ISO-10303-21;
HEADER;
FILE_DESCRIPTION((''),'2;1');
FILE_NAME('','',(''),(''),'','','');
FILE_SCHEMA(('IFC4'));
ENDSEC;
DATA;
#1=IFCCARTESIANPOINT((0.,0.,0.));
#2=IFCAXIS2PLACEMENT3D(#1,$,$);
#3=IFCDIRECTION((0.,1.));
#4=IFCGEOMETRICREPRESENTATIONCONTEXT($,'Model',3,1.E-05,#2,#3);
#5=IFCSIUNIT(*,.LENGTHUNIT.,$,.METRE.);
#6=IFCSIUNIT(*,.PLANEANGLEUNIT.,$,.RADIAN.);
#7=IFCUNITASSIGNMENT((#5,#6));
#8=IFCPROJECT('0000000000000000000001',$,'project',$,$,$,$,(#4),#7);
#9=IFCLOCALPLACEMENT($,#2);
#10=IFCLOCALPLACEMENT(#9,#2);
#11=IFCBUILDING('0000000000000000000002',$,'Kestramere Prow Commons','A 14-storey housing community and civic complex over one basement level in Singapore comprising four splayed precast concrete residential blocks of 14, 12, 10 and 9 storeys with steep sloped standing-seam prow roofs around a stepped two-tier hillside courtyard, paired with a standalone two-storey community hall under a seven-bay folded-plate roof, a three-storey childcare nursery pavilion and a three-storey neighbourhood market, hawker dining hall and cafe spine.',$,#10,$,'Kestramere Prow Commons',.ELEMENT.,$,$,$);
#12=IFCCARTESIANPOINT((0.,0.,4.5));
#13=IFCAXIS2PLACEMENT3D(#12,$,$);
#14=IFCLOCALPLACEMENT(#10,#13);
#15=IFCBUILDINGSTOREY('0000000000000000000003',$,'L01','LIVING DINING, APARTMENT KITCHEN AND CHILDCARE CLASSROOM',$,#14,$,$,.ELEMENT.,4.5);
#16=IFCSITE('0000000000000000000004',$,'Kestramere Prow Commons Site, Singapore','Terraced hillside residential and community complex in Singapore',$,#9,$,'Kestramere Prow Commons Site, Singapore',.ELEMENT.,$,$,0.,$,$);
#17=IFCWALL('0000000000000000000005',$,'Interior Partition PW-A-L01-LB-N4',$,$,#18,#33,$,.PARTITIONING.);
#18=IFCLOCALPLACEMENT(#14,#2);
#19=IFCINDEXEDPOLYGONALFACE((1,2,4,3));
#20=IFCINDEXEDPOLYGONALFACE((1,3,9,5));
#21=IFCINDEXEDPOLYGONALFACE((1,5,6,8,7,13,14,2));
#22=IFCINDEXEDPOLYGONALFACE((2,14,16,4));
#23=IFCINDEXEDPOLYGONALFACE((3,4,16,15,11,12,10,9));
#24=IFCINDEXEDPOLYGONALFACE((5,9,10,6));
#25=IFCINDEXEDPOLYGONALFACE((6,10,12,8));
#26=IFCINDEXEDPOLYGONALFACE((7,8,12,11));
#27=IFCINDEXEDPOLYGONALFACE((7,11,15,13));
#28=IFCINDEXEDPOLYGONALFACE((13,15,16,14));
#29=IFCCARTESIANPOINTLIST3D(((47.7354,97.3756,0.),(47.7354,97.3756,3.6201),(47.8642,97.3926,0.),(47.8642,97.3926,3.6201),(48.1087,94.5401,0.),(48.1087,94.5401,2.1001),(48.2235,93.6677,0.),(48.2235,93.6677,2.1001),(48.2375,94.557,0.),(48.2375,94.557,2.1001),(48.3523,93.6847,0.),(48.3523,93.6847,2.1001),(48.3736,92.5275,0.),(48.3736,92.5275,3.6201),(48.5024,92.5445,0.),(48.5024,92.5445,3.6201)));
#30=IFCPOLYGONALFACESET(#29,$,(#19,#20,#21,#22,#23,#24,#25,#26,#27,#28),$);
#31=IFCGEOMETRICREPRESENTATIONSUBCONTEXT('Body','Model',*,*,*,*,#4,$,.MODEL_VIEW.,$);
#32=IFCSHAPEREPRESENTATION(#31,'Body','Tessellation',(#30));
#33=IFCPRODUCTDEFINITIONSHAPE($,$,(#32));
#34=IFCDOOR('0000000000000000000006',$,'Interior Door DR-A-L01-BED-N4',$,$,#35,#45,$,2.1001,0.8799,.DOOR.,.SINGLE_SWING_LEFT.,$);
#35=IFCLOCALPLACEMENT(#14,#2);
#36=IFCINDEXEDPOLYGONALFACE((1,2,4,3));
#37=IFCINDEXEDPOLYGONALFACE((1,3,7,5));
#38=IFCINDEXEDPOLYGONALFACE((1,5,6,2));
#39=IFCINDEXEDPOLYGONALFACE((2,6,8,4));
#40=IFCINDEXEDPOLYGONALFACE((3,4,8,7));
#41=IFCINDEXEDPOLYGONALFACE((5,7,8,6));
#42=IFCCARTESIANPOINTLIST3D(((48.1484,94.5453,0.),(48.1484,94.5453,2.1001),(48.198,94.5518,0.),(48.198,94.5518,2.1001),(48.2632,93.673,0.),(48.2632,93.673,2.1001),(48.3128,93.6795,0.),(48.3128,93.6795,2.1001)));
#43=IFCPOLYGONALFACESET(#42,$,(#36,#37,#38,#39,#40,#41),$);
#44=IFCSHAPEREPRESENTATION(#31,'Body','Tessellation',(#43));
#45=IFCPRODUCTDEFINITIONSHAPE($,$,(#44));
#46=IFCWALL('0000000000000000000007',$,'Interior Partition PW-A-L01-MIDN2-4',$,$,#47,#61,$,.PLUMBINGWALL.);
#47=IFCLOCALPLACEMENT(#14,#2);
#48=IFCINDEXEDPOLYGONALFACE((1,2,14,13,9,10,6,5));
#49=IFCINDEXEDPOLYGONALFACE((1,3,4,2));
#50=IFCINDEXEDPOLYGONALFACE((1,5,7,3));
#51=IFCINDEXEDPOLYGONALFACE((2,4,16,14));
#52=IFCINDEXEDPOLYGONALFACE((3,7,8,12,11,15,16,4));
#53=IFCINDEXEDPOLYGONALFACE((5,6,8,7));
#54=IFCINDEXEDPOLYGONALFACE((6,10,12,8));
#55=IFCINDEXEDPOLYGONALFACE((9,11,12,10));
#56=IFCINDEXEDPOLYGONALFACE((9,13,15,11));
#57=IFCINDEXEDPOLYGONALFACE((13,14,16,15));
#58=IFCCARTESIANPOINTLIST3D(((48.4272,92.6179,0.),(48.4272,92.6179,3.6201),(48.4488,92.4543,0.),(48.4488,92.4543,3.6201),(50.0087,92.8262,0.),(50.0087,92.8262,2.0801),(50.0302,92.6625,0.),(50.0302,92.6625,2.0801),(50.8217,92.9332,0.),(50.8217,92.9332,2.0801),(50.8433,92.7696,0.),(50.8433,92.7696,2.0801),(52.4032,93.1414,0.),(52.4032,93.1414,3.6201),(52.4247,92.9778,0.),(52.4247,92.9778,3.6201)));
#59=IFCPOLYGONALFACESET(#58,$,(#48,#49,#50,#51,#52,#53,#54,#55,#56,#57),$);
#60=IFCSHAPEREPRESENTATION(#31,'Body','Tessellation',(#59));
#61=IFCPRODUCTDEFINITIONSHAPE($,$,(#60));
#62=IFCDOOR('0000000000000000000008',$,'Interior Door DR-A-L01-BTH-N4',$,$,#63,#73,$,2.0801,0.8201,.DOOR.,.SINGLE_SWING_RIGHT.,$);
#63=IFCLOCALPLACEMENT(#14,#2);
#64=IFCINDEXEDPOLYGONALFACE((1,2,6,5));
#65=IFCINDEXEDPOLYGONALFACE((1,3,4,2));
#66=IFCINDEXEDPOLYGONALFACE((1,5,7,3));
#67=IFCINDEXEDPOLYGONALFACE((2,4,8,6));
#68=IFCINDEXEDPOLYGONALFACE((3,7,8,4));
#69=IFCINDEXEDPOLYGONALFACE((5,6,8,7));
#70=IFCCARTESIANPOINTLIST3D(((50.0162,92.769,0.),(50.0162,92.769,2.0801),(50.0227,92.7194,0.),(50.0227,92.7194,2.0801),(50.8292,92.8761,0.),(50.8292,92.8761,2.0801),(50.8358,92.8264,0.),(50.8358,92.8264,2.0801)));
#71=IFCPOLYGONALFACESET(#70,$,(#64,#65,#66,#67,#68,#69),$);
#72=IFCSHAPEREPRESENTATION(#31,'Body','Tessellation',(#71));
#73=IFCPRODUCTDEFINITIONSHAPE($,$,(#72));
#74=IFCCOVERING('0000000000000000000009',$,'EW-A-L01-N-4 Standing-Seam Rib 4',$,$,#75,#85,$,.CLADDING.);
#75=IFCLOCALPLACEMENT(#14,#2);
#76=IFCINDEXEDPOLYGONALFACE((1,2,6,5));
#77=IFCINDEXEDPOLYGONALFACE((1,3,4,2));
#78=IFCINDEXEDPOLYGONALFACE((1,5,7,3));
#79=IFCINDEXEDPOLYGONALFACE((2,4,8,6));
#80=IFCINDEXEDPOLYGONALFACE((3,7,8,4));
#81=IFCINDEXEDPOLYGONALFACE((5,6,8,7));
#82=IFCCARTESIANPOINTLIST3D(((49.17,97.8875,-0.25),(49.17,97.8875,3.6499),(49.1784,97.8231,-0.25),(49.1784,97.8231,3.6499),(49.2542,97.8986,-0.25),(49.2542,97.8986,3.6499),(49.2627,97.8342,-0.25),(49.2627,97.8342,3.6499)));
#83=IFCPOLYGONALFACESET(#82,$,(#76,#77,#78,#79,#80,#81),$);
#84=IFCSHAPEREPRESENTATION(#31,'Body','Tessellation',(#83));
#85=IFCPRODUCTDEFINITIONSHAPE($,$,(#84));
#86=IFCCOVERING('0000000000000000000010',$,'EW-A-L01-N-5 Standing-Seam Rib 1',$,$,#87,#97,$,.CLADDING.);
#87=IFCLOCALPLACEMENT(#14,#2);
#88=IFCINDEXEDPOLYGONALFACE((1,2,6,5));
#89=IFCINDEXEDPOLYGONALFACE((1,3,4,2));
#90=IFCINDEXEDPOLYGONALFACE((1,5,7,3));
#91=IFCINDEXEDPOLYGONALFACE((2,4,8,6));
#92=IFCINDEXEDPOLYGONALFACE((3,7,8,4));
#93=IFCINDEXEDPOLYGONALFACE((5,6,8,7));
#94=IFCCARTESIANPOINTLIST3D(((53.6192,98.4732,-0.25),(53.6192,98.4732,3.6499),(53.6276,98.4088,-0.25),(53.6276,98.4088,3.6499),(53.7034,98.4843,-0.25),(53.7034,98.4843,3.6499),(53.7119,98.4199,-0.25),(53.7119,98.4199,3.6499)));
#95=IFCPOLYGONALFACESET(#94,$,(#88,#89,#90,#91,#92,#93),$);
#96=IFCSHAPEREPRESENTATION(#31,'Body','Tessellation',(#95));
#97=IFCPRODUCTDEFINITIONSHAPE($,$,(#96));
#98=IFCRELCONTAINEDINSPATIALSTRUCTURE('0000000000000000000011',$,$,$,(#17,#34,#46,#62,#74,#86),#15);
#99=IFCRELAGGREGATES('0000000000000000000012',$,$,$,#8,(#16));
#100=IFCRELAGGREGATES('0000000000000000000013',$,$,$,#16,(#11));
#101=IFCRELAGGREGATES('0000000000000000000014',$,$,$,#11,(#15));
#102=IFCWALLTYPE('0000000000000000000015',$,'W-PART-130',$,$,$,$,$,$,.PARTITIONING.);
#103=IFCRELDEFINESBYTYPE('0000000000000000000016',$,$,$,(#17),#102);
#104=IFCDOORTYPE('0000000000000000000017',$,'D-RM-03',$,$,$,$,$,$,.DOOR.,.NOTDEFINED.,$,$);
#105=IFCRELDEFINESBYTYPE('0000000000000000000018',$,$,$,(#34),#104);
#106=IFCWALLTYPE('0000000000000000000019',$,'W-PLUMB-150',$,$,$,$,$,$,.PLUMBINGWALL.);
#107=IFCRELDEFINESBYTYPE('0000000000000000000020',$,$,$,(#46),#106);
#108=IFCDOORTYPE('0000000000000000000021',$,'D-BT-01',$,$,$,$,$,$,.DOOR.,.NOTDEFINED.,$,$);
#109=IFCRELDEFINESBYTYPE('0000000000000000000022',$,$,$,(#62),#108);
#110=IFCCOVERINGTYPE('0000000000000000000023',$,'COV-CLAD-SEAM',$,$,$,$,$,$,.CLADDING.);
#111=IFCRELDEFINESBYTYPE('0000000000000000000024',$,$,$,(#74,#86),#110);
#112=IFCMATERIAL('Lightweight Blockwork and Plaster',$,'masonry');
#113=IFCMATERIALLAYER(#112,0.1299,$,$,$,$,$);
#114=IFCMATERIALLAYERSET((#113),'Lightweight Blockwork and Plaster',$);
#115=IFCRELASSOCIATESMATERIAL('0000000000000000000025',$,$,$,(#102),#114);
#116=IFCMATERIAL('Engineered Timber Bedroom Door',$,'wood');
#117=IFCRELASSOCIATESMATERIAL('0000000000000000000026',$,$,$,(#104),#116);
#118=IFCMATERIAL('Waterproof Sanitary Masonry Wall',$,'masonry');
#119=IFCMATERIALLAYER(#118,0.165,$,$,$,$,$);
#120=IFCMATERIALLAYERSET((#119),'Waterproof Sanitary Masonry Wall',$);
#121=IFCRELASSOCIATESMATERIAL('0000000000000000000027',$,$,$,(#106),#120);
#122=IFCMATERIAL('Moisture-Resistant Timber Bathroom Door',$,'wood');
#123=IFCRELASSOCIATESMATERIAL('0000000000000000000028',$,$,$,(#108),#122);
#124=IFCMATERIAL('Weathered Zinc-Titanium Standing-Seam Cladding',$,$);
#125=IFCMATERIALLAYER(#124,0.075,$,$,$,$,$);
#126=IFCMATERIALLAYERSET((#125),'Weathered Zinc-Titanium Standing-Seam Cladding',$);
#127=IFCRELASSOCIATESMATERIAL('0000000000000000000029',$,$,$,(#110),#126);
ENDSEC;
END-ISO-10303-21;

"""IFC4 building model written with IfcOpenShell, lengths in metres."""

from ifc_helpers import new_model, si_unit, direction, frame, frame_2d, origin, origin_2d, place, context, subcontext, project, spatial, rectangle, extrude, material, layer, layer_set, type_object, element, fill, save


model = new_model("IFC4")

# Units and contexts
model_context = context("Model", 3, precision=1e-05, world=origin(), true_north=direction((0.0, 1.0)))
body_context = subcontext(model_context, "Body", "Model", "MODEL_VIEW")
ifc_project = project(units=[si_unit("LENGTHUNIT", "METRE"), si_unit("PLANEANGLEUNIT", "RADIAN")], contexts=[model_context])

# Site, building, storey
site_placement = place(None, origin())
site = spatial("IfcSite", under=ifc_project, at=site_placement, Name="Kestramere Prow Commons Site, Singapore", Description="Terraced hillside residential and community complex in Singapore", LongName="Kestramere Prow Commons Site, Singapore", CompositionType="ELEMENT", RefElevation=0.0)
building_placement = place(site_placement, origin())
building = spatial("IfcBuilding", under=site, at=building_placement, Name="Kestramere Prow Commons", Description="A 14-storey housing community and civic complex over one basement level in Singapore comprising four splayed precast concrete residential blocks of 14, 12, 10 and 9 storeys with steep sloped standing-seam prow roofs around a stepped two-tier hillside courtyard, paired with a standalone two-storey community hall under a seven-bay folded-plate roof, a three-storey childcare nursery pavilion and a three-storey neighbourhood market, hawker dining hall and cafe spine.", LongName="Kestramere Prow Commons", CompositionType="ELEMENT")
storey_placement = place(building_placement, frame((0.0, 0.0, 4.5)))
storey = spatial("IfcBuildingStorey", under=building, at=storey_placement, Name="L01", Description="LIVING DINING, APARTMENT KITCHEN AND CHILDCARE CLASSROOM", CompositionType="ELEMENT", Elevation=4.5)

# Walls, openings, doors
ifc_material_1 = material(Name="Lightweight Blockwork and Plaster", Category="masonry")
ifc_layer_1 = layer(ifc_material_1, 0.1299)
ifc_layer_set_1 = layer_set([ifc_layer_1], Name="Lightweight Blockwork and Plaster")
wall_type_1 = type_object("IfcWallType", Name="W-PART-130", PredefinedType="PARTITIONING", material=ifc_layer_set_1)
wall_1_placement = place(storey_placement, frame((48.438, 92.5361, 0.0), z_axis=(0.0, 0.0, 1.0), x_axis=(-0.130509, 0.991447, 0.0)))
wall_1 = element("IfcWall", 1, at=wall_1_placement, inside=storey, type_object=wall_type_1, Name="Interior Partition PW-A-L01-LB-N4", PredefinedType="PARTITIONING", context=body_context, shape_type="SweptSolid", body=[
    extrude(rectangle(XDim=4.8899, YDim=0.1299, at=frame_2d((2.4448, 0.0))), origin(), (0.0, 0.0, 1.0), 3.6201),
])
opening_1_placement = place(wall_1_placement, frame((1.1499, 0.0, 0.0)))
opening_1 = element("IfcOpeningElement", 2, at=opening_1_placement, cuts=wall_1, PredefinedType="OPENING", context=body_context, shape_type="SweptSolid", body=[
    extrude(rectangle(XDim=0.8799, YDim=2.1001, at=frame_2d((0.4399, 1.05))), frame((0.0, 0.0798, 0.0), z_axis=(0.0, -1.0, 0.0), x_axis=(1.0, 0.0, 0.0)), (0.0, 0.0, 1.0), 0.1599),
])
ifc_material_2 = material(Name="Engineered Timber Bedroom Door", Category="wood")
door_type_1 = type_object("IfcDoorType", Name="D-RM-03", OperationType="NOTDEFINED", PredefinedType="DOOR", material=ifc_material_2)
door_1_placement = place(opening_1_placement, origin())
door_1 = element("IfcDoor", 3, at=door_1_placement, inside=storey, type_object=door_type_1, Name="Interior Door DR-A-L01-BED-N4", OperationType="SINGLE_SWING_LEFT", OverallHeight=2.1001, OverallWidth=0.8799, PredefinedType="DOOR", context=body_context, shape_type="SweptSolid", body=[
    extrude(rectangle(XDim=0.8799, YDim=2.1001, at=frame_2d((0.4399, 1.05))), frame((0.0, 0.0249, 0.0), z_axis=(0.0, -1.0, 0.0), x_axis=(1.0, 0.0, 0.0)), (0.0, 0.0, 1.0), 0.05),
])
fill(opening_1, door_1)
ifc_material_3 = material(Name="Waterproof Sanitary Masonry Wall", Category="masonry")
ifc_layer_2 = layer(ifc_material_3, 0.165)
ifc_layer_set_2 = layer_set([ifc_layer_2], Name="Waterproof Sanitary Masonry Wall")
wall_type_2 = type_object("IfcWallType", Name="W-PLUMB-150", PredefinedType="PLUMBINGWALL", material=ifc_layer_set_2)
wall_2_placement = place(storey_placement, frame((48.438, 92.5361, 0.0), z_axis=(0.0, 0.0, 1.0), x_axis=(0.991445, 0.130529, 0.0)))
wall_2 = element("IfcWall", 4, at=wall_2_placement, inside=storey, type_object=wall_type_2, Name="Interior Partition PW-A-L01-MIDN2-4", PredefinedType="PLUMBINGWALL", context=body_context, shape_type="SweptSolid", body=[
    extrude(rectangle(XDim=4.0103, YDim=0.165, at=frame_2d((2.0051, 0.0))), origin(), (0.0, 0.0, 1.0), 3.6201),
])
opening_2_placement = place(wall_2_placement, frame((1.595, 0.0, 0.0)))
opening_2 = element("IfcOpeningElement", 5, at=opening_2_placement, cuts=wall_2, PredefinedType="OPENING", context=body_context, shape_type="SweptSolid", body=[
    extrude(rectangle(XDim=0.8201, YDim=2.0801, at=frame_2d((0.4102, 1.04))), frame((0.0, 0.0974, 0.0), z_axis=(0.0, -1.0, 0.0), x_axis=(1.0, 0.0, 0.0)), (0.0, 0.0, 1.0), 0.1951),
])
ifc_material_4 = material(Name="Moisture-Resistant Timber Bathroom Door", Category="wood")
door_type_2 = type_object("IfcDoorType", Name="D-BT-01", OperationType="NOTDEFINED", PredefinedType="DOOR", material=ifc_material_4)
door_2_placement = place(opening_2_placement, origin())
door_2 = element("IfcDoor", 6, at=door_2_placement, inside=storey, type_object=door_type_2, Name="Interior Door DR-A-L01-BTH-N4", OperationType="SINGLE_SWING_RIGHT", OverallHeight=2.0801, OverallWidth=0.8201, PredefinedType="DOOR", context=body_context, shape_type="SweptSolid", body=[
    extrude(rectangle(XDim=0.8201, YDim=2.0801, at=frame_2d((0.4102, 1.04))), frame((0.0, 0.0249, 0.0), z_axis=(0.0, -1.0, 0.0), x_axis=(1.0, 0.0, 0.0)), (0.0, 0.0, 1.0), 0.05),
])
fill(opening_2, door_2)

# Coverings
ifc_material_5 = material(Name="Weathered Zinc-Titanium Standing-Seam Cladding")
ifc_layer_3 = layer(ifc_material_5, 0.075)
ifc_layer_set_3 = layer_set([ifc_layer_3], Name="Weathered Zinc-Titanium Standing-Seam Cladding")
covering_type = type_object("IfcCoveringType", Name="COV-CLAD-SEAM", PredefinedType="CLADDING", material=ifc_layer_set_3)
for number, where, z_axis, x_axis, name in (
    (7, (49.2163, 97.8608, -0.25), (0.0, 0.0, 1.0), (0.991445, 0.130526, 0.0), "EW-A-L01-N-4 Standing-Seam Rib 4"),
    (8, (53.6655, 98.4465, -0.25), (0.0, 0.0, 1.0), (0.991445, 0.130526, 0.0), "EW-A-L01-N-5 Standing-Seam Rib 1"),
):
    element("IfcCovering", number, at=place(storey_placement, frame(where, z_axis=z_axis, x_axis=x_axis)), inside=storey, type_object=covering_type, Name=name, PredefinedType="CLADDING", context=body_context, shape_type="SweptSolid", body=[
        extrude(rectangle(XDim=0.085, YDim=0.0649, at=origin_2d()), origin(), (0.0, 0.0, 1.0), 3.8999),
    ])

save(model, "model.ifc")
